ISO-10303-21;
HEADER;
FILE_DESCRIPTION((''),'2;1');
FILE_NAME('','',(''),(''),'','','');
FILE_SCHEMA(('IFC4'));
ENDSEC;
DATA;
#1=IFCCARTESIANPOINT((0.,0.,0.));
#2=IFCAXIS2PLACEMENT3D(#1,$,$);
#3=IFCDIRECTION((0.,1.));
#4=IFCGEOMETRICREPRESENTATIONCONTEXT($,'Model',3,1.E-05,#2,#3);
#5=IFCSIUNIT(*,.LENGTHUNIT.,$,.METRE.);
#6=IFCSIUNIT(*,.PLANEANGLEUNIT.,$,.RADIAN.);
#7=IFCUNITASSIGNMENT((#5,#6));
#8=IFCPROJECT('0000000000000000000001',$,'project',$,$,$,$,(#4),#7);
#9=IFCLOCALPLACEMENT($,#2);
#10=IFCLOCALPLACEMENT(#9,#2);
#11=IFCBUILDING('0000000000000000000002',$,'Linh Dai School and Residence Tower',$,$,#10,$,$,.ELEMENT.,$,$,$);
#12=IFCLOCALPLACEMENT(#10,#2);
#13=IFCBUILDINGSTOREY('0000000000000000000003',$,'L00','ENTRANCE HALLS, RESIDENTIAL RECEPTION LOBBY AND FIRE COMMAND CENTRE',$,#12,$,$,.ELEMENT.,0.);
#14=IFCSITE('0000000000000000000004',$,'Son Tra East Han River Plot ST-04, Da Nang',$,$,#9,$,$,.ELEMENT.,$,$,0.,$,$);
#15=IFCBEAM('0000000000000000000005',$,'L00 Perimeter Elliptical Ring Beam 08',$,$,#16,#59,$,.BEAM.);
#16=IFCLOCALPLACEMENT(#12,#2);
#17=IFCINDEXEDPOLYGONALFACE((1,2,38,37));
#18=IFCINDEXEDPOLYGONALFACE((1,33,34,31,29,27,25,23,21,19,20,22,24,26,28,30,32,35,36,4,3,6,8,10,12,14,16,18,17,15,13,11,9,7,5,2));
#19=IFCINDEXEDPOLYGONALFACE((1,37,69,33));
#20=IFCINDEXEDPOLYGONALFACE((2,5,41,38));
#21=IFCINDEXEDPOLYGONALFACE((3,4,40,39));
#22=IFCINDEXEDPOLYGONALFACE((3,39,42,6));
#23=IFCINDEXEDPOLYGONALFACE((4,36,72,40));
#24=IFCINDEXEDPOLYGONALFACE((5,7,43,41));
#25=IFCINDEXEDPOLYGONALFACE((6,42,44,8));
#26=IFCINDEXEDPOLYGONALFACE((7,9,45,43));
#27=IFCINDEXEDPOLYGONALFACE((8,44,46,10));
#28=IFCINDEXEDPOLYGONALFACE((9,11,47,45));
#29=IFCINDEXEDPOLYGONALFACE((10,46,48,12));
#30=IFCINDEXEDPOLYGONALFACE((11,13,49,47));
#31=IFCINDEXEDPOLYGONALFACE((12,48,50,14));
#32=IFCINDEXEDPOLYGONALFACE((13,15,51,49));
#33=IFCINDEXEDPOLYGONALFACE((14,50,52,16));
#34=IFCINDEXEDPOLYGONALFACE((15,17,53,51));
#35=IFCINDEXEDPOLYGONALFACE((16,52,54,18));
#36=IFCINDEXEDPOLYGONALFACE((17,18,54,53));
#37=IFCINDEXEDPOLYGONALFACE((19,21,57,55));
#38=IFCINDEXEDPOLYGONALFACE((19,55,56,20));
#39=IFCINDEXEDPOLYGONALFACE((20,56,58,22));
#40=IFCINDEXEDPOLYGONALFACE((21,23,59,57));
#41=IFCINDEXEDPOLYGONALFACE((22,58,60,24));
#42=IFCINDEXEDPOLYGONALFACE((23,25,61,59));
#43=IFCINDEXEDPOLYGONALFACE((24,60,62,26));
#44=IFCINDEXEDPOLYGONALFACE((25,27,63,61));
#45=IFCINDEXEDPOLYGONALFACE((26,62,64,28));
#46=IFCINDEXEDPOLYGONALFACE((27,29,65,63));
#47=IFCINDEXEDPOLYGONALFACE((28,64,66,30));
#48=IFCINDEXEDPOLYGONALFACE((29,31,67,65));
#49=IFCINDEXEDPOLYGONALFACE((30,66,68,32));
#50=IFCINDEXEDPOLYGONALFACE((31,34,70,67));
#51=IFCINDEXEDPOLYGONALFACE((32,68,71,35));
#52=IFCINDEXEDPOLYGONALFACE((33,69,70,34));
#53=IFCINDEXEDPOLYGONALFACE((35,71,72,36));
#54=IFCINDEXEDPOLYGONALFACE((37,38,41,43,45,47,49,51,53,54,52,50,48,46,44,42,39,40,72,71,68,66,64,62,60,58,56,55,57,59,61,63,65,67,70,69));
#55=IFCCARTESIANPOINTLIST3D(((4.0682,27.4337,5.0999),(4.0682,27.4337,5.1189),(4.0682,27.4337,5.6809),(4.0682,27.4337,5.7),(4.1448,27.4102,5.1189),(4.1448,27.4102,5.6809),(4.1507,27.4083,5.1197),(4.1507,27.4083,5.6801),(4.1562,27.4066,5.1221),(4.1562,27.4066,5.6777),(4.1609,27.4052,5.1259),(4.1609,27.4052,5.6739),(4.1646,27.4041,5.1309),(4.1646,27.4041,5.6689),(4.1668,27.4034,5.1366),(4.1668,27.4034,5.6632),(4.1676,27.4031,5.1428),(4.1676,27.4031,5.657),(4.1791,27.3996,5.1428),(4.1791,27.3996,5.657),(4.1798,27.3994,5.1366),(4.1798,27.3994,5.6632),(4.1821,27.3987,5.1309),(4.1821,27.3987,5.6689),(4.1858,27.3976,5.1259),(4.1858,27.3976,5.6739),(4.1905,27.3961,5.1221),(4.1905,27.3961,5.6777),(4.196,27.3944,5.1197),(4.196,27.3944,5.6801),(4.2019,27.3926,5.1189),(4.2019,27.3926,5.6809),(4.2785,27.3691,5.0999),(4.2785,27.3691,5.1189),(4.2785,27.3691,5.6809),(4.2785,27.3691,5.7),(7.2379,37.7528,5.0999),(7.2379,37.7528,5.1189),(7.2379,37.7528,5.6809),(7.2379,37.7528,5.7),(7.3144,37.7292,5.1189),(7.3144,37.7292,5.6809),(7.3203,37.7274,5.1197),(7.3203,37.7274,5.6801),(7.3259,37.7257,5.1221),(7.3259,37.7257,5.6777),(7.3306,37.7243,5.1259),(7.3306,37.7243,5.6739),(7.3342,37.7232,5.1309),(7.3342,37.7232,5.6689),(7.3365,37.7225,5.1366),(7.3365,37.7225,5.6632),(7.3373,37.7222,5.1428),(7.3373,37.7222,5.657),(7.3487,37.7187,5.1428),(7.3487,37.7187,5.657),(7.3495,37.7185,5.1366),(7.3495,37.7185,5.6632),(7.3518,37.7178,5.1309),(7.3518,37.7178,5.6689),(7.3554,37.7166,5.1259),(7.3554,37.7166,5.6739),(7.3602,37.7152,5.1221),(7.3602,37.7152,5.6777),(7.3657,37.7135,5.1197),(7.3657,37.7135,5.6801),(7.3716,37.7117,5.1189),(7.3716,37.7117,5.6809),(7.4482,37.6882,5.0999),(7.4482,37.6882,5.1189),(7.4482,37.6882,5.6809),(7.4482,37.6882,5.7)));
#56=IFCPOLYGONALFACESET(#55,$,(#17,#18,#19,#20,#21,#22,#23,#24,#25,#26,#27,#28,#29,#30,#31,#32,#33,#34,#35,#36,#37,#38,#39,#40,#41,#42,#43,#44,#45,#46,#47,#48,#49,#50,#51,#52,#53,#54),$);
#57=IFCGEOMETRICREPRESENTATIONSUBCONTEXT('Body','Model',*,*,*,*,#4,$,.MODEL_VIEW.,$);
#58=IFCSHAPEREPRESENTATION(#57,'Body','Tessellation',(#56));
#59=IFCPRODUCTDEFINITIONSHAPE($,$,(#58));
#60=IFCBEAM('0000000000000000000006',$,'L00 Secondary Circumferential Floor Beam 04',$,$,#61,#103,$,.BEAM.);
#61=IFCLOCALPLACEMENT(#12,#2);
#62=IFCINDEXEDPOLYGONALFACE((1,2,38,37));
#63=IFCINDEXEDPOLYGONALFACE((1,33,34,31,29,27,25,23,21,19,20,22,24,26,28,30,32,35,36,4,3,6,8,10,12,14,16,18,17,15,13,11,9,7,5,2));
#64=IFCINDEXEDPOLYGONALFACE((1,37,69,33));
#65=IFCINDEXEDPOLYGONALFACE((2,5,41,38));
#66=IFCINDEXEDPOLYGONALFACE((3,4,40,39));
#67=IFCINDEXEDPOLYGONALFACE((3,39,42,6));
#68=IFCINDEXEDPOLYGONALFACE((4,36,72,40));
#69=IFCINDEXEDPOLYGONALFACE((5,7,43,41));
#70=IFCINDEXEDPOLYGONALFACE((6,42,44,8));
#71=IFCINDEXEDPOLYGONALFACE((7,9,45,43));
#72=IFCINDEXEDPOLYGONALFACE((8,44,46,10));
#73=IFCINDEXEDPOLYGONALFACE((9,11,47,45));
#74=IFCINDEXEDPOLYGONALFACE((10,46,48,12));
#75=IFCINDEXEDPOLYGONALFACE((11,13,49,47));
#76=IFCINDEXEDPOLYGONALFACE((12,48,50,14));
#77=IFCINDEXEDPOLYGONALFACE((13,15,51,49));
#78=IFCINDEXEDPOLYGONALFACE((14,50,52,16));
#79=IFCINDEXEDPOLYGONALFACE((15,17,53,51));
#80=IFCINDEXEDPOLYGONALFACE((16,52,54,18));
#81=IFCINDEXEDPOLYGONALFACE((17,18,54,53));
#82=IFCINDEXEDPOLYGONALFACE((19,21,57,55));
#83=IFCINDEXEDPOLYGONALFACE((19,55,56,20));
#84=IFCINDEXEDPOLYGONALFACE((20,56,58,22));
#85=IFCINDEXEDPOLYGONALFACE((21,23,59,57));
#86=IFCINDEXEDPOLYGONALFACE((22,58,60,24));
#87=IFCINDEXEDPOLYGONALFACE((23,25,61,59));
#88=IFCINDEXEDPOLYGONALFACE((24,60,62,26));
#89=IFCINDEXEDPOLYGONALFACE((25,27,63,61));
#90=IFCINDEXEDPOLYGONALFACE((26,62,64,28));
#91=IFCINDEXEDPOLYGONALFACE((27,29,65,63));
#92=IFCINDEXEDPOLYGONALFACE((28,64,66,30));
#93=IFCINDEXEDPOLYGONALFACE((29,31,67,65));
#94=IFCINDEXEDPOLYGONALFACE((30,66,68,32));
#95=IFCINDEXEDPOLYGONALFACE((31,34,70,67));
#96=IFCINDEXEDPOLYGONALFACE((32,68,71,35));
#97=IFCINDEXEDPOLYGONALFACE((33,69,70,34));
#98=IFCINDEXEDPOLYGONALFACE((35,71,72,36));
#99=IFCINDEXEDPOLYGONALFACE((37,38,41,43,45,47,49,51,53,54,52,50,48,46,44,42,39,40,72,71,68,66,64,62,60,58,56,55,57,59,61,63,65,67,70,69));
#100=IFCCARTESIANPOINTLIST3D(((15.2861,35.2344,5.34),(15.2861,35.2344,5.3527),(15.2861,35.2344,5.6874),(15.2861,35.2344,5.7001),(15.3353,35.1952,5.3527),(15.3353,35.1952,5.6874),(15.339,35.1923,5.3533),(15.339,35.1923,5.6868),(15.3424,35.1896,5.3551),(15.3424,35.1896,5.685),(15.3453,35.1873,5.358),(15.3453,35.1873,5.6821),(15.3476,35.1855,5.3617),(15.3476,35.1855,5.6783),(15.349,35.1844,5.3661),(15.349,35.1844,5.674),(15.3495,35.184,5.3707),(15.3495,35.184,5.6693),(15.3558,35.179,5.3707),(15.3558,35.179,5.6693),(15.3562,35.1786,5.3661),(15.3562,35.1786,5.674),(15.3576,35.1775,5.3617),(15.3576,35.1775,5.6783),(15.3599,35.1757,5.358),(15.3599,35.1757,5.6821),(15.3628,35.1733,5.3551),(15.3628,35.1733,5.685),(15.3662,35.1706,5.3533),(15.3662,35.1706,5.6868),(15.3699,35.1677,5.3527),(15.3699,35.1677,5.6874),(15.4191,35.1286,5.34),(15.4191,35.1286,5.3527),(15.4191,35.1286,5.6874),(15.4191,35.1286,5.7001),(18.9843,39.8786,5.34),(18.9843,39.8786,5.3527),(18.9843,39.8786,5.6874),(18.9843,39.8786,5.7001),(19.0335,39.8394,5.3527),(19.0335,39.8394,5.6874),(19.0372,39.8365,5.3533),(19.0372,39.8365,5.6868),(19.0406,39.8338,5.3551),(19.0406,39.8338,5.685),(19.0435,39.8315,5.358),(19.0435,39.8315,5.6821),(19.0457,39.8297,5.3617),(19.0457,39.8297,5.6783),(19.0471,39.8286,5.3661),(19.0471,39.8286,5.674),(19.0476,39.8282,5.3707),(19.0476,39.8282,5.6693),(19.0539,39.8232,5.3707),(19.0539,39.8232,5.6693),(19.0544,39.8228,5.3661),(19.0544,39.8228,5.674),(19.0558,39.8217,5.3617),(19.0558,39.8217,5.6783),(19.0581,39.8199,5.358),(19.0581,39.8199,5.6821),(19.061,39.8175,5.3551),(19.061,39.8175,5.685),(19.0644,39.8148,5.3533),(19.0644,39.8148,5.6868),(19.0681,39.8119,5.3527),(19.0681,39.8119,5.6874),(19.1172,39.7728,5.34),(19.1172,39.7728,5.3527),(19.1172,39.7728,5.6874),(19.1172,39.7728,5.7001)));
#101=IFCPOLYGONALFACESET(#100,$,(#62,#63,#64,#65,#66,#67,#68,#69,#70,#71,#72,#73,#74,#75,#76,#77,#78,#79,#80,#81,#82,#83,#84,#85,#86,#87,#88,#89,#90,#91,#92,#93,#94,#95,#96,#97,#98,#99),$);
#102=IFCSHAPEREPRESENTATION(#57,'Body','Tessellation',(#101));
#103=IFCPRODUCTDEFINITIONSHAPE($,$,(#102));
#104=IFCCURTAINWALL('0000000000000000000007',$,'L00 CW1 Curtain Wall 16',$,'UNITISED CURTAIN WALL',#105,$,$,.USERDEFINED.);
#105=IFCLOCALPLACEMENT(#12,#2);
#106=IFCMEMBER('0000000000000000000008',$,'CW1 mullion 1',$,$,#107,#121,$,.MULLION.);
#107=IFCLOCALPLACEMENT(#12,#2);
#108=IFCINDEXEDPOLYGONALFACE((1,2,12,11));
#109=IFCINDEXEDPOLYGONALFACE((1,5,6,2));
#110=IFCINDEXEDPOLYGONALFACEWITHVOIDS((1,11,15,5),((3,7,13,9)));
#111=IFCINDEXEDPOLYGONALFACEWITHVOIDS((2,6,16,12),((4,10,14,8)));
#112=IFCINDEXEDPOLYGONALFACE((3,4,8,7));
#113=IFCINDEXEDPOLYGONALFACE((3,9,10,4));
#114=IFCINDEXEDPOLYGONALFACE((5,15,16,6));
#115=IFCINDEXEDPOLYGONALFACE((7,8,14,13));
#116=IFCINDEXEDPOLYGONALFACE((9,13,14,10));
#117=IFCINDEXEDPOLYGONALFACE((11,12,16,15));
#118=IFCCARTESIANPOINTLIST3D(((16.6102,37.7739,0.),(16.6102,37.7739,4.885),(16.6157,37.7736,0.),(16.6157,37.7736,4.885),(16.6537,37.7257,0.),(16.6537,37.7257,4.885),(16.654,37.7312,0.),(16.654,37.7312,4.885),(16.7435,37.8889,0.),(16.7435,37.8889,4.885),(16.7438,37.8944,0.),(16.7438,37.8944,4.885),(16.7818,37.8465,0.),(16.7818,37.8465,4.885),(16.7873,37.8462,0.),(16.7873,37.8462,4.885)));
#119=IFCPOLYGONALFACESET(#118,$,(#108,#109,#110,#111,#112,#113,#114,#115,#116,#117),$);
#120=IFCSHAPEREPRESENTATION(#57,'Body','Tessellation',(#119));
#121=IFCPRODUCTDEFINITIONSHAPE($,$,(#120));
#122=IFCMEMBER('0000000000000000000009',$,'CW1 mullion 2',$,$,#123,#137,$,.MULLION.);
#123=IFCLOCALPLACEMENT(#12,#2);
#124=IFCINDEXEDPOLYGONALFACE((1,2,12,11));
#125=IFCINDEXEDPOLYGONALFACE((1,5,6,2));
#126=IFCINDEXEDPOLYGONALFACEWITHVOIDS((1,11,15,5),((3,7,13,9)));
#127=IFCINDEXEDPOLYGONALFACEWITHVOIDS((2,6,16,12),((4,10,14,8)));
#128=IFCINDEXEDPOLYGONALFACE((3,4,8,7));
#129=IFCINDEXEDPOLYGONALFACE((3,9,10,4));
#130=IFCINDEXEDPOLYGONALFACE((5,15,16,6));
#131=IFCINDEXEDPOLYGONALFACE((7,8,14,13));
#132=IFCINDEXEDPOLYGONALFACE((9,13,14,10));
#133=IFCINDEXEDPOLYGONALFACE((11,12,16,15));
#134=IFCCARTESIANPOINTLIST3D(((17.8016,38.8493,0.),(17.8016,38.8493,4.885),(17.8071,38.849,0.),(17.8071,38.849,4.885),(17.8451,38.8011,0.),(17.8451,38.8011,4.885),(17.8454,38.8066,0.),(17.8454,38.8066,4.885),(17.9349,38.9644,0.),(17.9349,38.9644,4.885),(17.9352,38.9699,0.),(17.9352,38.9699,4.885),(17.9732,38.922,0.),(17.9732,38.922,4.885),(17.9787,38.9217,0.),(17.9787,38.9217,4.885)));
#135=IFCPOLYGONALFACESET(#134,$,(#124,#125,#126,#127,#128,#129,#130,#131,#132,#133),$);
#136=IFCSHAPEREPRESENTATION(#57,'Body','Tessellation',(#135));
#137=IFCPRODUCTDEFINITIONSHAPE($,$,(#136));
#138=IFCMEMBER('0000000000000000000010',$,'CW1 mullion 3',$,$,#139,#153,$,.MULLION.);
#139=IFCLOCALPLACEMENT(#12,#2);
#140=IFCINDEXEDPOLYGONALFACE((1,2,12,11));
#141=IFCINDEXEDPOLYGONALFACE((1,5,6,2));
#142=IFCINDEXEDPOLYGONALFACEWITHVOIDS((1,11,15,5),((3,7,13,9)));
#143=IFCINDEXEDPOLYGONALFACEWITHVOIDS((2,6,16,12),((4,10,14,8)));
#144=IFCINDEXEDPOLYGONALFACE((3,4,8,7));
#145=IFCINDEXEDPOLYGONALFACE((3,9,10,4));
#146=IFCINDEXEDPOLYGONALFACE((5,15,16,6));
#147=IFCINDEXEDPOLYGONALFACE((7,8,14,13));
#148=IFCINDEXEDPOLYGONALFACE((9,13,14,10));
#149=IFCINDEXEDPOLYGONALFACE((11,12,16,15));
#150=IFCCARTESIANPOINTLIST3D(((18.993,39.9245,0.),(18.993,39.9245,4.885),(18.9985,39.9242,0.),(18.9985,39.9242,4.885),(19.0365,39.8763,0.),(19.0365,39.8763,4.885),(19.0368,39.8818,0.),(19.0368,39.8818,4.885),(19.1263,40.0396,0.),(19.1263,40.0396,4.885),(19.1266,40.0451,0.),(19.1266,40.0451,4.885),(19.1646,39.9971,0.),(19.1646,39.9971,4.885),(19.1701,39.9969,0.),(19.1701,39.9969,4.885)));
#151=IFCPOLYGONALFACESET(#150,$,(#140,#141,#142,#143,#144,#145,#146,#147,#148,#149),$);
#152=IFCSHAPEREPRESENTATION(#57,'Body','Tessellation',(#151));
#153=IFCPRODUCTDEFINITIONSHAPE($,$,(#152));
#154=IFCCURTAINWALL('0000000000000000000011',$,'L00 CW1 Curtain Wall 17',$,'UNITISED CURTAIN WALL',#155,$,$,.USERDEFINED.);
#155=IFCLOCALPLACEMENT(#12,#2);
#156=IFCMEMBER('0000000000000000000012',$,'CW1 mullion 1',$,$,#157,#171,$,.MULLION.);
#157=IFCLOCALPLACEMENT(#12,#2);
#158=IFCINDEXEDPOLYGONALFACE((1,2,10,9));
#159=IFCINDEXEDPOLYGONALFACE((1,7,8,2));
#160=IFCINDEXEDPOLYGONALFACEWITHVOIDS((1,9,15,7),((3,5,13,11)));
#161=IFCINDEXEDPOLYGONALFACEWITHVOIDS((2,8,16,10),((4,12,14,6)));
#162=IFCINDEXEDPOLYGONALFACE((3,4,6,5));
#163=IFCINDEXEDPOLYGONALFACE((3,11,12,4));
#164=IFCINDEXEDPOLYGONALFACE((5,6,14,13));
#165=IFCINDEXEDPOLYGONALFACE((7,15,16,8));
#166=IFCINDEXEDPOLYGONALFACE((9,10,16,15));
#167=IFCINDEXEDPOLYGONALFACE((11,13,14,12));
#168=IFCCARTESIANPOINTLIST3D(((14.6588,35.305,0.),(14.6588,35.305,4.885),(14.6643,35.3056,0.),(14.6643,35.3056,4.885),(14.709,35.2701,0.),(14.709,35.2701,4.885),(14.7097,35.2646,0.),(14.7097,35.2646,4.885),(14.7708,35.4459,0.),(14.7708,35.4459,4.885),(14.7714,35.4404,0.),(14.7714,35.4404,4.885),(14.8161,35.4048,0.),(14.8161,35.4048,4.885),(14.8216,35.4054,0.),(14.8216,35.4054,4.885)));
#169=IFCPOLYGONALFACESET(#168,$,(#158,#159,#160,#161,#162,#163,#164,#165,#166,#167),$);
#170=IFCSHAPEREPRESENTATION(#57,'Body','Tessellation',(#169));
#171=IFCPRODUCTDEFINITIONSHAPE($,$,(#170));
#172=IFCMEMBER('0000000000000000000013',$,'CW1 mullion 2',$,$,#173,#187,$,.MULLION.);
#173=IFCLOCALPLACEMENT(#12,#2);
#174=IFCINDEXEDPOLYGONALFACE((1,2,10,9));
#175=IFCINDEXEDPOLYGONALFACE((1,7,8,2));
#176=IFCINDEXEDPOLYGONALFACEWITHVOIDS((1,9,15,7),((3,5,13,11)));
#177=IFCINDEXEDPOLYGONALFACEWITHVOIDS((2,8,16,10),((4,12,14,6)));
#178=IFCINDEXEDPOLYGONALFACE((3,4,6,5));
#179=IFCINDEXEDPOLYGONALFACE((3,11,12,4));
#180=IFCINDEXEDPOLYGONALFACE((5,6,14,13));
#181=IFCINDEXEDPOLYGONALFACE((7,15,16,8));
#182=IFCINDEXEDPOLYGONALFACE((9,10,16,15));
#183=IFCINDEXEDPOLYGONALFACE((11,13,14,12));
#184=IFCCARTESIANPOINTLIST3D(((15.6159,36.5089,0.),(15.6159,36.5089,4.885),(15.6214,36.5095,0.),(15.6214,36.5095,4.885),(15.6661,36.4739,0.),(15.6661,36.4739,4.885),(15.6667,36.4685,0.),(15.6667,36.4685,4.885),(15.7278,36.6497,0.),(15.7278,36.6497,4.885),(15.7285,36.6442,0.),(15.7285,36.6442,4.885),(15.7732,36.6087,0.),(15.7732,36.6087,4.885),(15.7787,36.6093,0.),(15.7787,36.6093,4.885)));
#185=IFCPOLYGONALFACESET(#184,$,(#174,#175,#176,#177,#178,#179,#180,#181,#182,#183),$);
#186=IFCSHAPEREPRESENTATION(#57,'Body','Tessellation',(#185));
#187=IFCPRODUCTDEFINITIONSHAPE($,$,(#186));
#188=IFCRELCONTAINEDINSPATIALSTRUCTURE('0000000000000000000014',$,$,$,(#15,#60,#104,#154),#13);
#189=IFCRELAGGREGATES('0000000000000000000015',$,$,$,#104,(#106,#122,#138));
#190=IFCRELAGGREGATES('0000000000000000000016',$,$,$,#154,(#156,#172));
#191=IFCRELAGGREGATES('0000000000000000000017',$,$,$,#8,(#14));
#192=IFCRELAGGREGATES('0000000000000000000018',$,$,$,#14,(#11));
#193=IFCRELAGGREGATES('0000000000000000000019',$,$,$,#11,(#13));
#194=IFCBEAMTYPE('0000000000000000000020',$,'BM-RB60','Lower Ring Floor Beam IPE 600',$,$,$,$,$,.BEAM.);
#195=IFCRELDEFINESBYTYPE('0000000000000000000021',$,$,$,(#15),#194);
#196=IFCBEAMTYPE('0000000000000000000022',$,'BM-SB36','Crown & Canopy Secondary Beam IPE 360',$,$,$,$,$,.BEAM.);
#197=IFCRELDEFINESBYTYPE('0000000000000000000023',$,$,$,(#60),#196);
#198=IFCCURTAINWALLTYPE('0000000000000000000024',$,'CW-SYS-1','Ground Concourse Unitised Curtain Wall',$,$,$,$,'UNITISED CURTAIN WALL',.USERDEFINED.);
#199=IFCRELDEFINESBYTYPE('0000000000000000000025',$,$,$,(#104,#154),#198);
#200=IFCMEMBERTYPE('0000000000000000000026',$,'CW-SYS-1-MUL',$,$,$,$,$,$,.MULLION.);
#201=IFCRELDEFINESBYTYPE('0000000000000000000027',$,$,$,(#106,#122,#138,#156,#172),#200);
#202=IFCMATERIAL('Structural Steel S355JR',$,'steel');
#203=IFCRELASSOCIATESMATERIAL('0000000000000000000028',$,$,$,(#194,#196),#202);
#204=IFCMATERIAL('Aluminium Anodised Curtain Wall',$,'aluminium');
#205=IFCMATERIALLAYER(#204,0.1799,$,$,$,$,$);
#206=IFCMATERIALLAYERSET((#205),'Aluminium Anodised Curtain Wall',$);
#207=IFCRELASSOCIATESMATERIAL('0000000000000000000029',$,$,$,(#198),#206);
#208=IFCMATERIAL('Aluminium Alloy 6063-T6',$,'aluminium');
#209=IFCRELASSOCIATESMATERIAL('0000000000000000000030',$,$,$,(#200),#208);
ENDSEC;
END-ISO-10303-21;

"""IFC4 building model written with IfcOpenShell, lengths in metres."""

from ifc_helpers import new_model, si_unit, direction, frame, origin, origin_2d, place, context, subcontext, project, spatial, hollow_rectangle, i_section, extrude, source, transform, mapped, material, layer, layer_set, material_profile, profile_set, type_object, element, aggregate, save


model = new_model("IFC4")

# Units and contexts
model_context = context("Model", 3, precision=1e-05, world=origin(), true_north=direction((0.0, 1.0)))
body_context = subcontext(model_context, "Body", "Model", "MODEL_VIEW")
ifc_project = project(units=[si_unit("LENGTHUNIT", "METRE"), si_unit("PLANEANGLEUNIT", "RADIAN")], contexts=[model_context])

# Site, building, storey
site_placement = place(None, origin())
site = spatial("IfcSite", under=ifc_project, at=site_placement, Name="Son Tra East Han River Plot ST-04, Da Nang", CompositionType="ELEMENT", RefElevation=0.0)
building_placement = place(site_placement, origin())
building = spatial("IfcBuilding", under=site, at=building_placement, Name="Linh Dai School and Residence Tower", CompositionType="ELEMENT")
storey_placement = place(building_placement, origin())
storey = spatial("IfcBuildingStorey", under=building, at=storey_placement, Name="L00", Description="ENTRANCE HALLS, RESIDENTIAL RECEPTION LOBBY AND FIRE COMMAND CENTRE", CompositionType="ELEMENT", Elevation=0.0)

# Shared definitions
ifc_material_1 = material(Name="Structural Steel S355JR", Category="steel")

# Beams
ifc_material_profile_1 = material_profile(ifc_material_1, i_section(OverallWidth=0.22, OverallDepth=0.6001, WebThickness=0.012, FlangeThickness=0.019, FilletRadius=0.0239, at=origin_2d()), Name="IPE 600")
ifc_profile_set_1 = profile_set([ifc_material_profile_1], Name="Structural Steel S355JR")
beam_type_1 = type_object("IfcBeamType", Name="BM-RB60", Description="Lower Ring Floor Beam IPE 600", PredefinedType="BEAM", material=ifc_profile_set_1)
beam_1_placement = place(storey_placement, frame((7.343, 37.7205, 5.3999), z_axis=(-0.293627, -0.95592, 0.0), x_axis=(0.95592, -0.293627, 0.0)))
element("IfcBeam", 1, at=beam_1_placement, inside=storey, type_object=beam_type_1, Name="L00 Perimeter Elliptical Ring Beam 08", PredefinedType="BEAM", context=body_context, shape_type="SweptSolid", body=[
    extrude(i_section(OverallWidth=0.22, OverallDepth=0.6001, WebThickness=0.012, FlangeThickness=0.019, FilletRadius=0.0239, at=origin_2d()), origin(), (0.0, 0.0, 1.0), 10.7949),
])
ifc_material_profile_2 = material_profile(ifc_material_1, i_section(OverallWidth=0.1699, OverallDepth=0.3601, WebThickness=0.0081, FlangeThickness=0.0127, FilletRadius=0.0181, at=origin_2d()), Name="IPE 360")
ifc_profile_set_2 = profile_set([ifc_material_profile_2], Name="Structural Steel S355JR")
beam_type_2 = type_object("IfcBeamType", Name="BM-SB36", Description="Crown & Canopy Secondary Beam IPE 360", PredefinedType="BEAM", material=ifc_profile_set_2)
beam_2_placement = place(storey_placement, frame((19.0508, 39.8257, 5.52), z_axis=(-0.622928, -0.782279, 0.0), x_axis=(0.782279, -0.622928, 0.0)))
element("IfcBeam", 2, at=beam_2_placement, inside=storey, type_object=beam_type_2, Name="L00 Secondary Circumferential Floor Beam 04", PredefinedType="BEAM", context=body_context, shape_type="SweptSolid", body=[
    extrude(i_section(OverallWidth=0.1699, OverallDepth=0.3601, WebThickness=0.0081, FlangeThickness=0.0127, FilletRadius=0.0181, at=origin_2d()), origin(), (0.0, 0.0, 1.0), 5.9368),
])

# Curtain walls, members
ifc_material_2 = material(Name="Aluminium Anodised Curtain Wall", Category="aluminium")
ifc_layer_1 = layer(ifc_material_2, 0.1799)
ifc_layer_set_1 = layer_set([ifc_layer_1], Name="Aluminium Anodised Curtain Wall")
curtain_wall_type = type_object("IfcCurtainWallType", Name="CW-SYS-1", Description="Ground Concourse Unitised Curtain Wall", ElementType="UNITISED CURTAIN WALL", PredefinedType="USERDEFINED", material=ifc_layer_set_1)
curtain_wall_1_placement = place(storey_placement, origin())
curtain_wall_1 = element("IfcCurtainWall", 3, at=curtain_wall_1_placement, inside=storey, type_object=curtain_wall_type, Name="L00 CW1 Curtain Wall 16", ObjectType="UNITISED CURTAIN WALL", PredefinedType="USERDEFINED")
ifc_material_3 = material(Name="Aluminium Alloy 6063-T6", Category="aluminium")
ifc_material_profile_3 = material_profile(ifc_material_3, hollow_rectangle(XDim=0.0649, YDim=0.1799, WallThickness=0.0039, at=origin_2d()), Name="RHS 180x65x4")
ifc_profile_set_3 = profile_set([ifc_material_profile_3], Name="Aluminium Alloy 6063-T6")
member_type_1 = type_object("IfcMemberType", Name="CW-SYS-1-MUL", PredefinedType="MULLION", material=ifc_profile_set_3)
shared_shape_1 = source(origin(), body_context, "Body", "SweptSolid", [
    extrude(hollow_rectangle(XDim=0.0649, YDim=0.1799, WallThickness=0.0039, at=origin_2d()), origin(), (0.0, 0.0, 1.0), 4.885),
])
member_1_placement = place(storey_placement, frame((16.6987, 37.8101, 0.0), z_axis=(0.0, 0.0, 1.0), x_axis=(-0.669995, 0.742366, 0.0)))
member_1 = element("IfcMember", 4, at=member_1_placement, type_object=member_type_1, Name="CW1 mullion 1", PredefinedType="MULLION", context=body_context, shape_type="MappedRepresentation", body=[
    mapped(shared_shape_1, transform((0.0, 0.0, 0.0), x_axis=(1.0, 0.0, 0.0), y_axis=(0.0, 1.0, 0.0), z_axis=(0.0, 0.0, 1.0), scale=1.0)),
])
member_2_placement = place(storey_placement, frame((17.8901, 38.8855, 0.0), z_axis=(0.0, 0.0, 1.0), x_axis=(-0.669995, 0.742366, 0.0)))
member_2 = element("IfcMember", 5, at=member_2_placement, type_object=member_type_1, Name="CW1 mullion 2", PredefinedType="MULLION", context=body_context, shape_type="MappedRepresentation", body=[
    mapped(shared_shape_1, transform((0.0, 0.0, 0.0), x_axis=(1.0, 0.0, 0.0), y_axis=(0.0, 1.0, 0.0), z_axis=(0.0, 0.0, 1.0), scale=1.0)),
])
member_3_placement = place(storey_placement, frame((19.0815, 39.9607, 0.0), z_axis=(0.0, 0.0, 1.0), x_axis=(-0.669995, 0.742366, 0.0)))
member_3 = element("IfcMember", 6, at=member_3_placement, type_object=member_type_1, Name="CW1 mullion 3", PredefinedType="MULLION", context=body_context, shape_type="MappedRepresentation", body=[
    mapped(shared_shape_1, transform((0.0, 0.0, 0.0), x_axis=(1.0, 0.0, 0.0), y_axis=(0.0, 1.0, 0.0), z_axis=(0.0, 0.0, 1.0), scale=1.0)),
])
curtain_wall_2_placement = place(storey_placement, origin())
curtain_wall_2 = element("IfcCurtainWall", 7, at=curtain_wall_2_placement, inside=storey, type_object=curtain_wall_type, Name="L00 CW1 Curtain Wall 17", ObjectType="UNITISED CURTAIN WALL", PredefinedType="USERDEFINED")
member_4_placement = place(storey_placement, frame((14.7402, 35.3552, 0.0), z_axis=(0.0, 0.0, 1.0), x_axis=(-0.782771, 0.62231, 0.0)))
member_4 = element("IfcMember", 8, at=member_4_placement, type_object=member_type_1, Name="CW1 mullion 1", PredefinedType="MULLION", context=body_context, shape_type="MappedRepresentation", body=[
    mapped(shared_shape_1, transform((0.0, 0.0, 0.0), x_axis=(1.0, 0.0, 0.0), y_axis=(0.0, 1.0, 0.0), z_axis=(0.0, 0.0, 1.0), scale=1.0)),
])
member_5_placement = place(storey_placement, frame((15.6973, 36.5591, 0.0), z_axis=(0.0, 0.0, 1.0), x_axis=(-0.782771, 0.62231, 0.0)))
member_5 = element("IfcMember", 9, at=member_5_placement, type_object=member_type_1, Name="CW1 mullion 2", PredefinedType="MULLION", context=body_context, shape_type="MappedRepresentation", body=[
    mapped(shared_shape_1, transform((0.0, 0.0, 0.0), x_axis=(1.0, 0.0, 0.0), y_axis=(0.0, 1.0, 0.0), z_axis=(0.0, 0.0, 1.0), scale=1.0)),
])

aggregate(curtain_wall_1, [member_1, member_2, member_3])
aggregate(curtain_wall_2, [member_4, member_5])

save(model, "model.ifc")
